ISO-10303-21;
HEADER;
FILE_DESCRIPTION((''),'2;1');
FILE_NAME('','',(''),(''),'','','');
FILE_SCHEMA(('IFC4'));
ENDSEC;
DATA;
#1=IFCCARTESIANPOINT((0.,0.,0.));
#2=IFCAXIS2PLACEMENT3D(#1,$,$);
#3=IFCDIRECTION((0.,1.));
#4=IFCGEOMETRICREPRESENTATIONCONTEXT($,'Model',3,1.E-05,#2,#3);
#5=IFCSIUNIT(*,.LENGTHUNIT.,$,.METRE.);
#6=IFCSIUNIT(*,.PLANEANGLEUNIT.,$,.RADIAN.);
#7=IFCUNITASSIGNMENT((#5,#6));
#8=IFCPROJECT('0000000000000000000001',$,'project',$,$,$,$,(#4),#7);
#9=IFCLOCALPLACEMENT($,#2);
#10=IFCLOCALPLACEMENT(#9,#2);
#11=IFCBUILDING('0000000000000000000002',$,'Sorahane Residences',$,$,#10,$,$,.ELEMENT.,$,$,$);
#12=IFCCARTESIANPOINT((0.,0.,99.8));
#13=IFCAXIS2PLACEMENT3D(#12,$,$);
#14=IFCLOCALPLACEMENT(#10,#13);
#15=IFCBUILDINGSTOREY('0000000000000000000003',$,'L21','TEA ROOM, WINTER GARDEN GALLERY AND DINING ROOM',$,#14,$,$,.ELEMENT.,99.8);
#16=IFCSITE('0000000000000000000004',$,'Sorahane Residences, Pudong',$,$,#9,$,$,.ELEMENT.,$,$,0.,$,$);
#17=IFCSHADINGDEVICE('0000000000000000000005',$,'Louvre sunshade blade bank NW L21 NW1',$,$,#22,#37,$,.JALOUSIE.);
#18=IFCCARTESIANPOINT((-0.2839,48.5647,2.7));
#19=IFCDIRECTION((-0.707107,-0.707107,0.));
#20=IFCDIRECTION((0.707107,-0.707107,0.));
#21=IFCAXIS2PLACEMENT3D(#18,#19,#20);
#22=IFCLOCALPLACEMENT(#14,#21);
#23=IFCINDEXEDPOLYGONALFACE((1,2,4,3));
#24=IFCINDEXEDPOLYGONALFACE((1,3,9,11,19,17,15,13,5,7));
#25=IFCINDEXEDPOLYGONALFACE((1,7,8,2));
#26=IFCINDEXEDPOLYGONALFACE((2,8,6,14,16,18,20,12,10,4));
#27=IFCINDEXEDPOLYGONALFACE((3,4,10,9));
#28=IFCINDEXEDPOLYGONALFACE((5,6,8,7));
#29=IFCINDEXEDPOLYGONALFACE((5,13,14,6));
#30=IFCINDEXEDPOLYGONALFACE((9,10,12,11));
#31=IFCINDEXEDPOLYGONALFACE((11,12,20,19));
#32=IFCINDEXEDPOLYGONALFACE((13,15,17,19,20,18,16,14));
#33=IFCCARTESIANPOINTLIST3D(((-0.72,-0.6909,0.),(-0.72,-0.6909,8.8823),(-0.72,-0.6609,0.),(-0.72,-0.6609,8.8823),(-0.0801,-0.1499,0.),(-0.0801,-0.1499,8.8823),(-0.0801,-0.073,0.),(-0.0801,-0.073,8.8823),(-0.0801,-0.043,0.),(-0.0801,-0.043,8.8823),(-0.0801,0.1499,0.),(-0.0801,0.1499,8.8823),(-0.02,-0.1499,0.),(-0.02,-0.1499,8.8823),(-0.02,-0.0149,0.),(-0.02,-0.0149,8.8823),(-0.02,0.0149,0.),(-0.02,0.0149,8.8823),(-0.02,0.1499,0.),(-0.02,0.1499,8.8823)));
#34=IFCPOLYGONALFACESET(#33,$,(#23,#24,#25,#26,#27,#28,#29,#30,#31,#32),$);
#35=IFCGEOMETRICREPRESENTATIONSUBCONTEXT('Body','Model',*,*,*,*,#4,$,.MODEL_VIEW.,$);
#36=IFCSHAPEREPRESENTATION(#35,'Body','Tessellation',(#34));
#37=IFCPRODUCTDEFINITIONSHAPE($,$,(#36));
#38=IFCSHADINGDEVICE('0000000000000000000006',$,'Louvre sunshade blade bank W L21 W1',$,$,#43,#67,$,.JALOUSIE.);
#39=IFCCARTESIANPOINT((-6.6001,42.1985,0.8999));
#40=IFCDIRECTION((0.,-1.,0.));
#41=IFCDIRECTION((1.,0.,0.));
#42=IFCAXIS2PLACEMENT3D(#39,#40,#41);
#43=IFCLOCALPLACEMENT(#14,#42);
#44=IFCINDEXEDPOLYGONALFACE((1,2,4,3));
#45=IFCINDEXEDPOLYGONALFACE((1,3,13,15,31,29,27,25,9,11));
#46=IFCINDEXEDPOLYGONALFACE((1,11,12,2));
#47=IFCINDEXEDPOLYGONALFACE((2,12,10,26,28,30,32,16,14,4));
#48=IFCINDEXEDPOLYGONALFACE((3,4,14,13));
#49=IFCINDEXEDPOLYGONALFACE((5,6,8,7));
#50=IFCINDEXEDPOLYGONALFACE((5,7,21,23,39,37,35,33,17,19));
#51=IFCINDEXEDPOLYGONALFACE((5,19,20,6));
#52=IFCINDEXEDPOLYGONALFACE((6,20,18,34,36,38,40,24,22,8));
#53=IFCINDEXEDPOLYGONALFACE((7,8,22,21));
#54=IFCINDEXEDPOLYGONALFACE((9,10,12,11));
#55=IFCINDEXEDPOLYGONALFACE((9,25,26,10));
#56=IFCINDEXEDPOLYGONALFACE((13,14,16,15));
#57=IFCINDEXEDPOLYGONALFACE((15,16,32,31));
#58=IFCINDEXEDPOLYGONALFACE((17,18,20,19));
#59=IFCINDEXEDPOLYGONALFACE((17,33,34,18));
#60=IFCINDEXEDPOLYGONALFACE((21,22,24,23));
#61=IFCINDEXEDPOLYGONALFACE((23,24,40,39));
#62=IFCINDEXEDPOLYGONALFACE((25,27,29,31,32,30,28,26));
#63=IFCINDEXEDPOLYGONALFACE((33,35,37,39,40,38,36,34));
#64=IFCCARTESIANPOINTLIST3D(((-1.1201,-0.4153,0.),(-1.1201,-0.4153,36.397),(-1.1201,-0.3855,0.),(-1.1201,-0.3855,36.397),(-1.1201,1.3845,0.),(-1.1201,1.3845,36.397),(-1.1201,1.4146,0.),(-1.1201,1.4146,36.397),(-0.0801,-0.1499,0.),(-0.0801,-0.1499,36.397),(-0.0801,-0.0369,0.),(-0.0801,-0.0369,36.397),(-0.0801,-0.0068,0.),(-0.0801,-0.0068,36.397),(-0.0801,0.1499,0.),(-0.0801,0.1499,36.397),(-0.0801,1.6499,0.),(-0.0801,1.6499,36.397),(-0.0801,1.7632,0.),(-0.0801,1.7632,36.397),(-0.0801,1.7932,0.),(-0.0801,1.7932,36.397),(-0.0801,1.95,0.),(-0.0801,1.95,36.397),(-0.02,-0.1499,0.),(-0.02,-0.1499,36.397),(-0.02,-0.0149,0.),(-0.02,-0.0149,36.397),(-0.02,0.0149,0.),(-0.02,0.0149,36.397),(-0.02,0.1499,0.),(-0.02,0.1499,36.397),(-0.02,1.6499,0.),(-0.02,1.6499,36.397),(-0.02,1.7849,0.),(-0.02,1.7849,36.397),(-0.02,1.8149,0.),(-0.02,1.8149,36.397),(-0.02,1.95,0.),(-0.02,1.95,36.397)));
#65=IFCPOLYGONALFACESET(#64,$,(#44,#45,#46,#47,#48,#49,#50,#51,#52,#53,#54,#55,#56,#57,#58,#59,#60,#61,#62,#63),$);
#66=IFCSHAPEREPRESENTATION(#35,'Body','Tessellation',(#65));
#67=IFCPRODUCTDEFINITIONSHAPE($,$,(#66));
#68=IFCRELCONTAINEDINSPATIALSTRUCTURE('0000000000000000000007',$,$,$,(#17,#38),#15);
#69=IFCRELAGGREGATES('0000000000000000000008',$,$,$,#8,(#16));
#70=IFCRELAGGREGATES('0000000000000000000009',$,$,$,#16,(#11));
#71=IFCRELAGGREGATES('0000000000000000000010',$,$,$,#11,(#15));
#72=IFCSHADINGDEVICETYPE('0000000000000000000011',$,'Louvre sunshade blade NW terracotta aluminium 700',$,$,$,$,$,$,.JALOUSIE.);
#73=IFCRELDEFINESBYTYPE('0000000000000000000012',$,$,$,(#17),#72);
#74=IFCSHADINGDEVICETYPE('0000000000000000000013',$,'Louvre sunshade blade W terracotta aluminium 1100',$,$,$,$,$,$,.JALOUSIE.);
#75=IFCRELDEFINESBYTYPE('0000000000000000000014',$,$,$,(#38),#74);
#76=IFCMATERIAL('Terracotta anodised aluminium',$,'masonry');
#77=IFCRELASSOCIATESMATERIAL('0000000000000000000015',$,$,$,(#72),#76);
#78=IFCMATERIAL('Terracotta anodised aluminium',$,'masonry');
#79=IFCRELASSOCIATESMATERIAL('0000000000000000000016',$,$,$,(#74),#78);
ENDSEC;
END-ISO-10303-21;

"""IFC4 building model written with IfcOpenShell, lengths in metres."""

from ifc_helpers import new_model, si_unit, direction, frame, origin, place, context, subcontext, project, spatial, polyline, outline, composite_profile, extrude, material, type_object, element, save


model = new_model("IFC4")

# Units and contexts
model_context = context("Model", 3, precision=1e-05, world=origin(), true_north=direction((0.0, 1.0)))
body_context = subcontext(model_context, "Body", "Model", "MODEL_VIEW")
ifc_project = project(units=[si_unit("LENGTHUNIT", "METRE"), si_unit("PLANEANGLEUNIT", "RADIAN")], contexts=[model_context])

# Site, building, storey
site_placement = place(None, origin())
site = spatial("IfcSite", under=ifc_project, at=site_placement, Name="Sorahane Residences, Pudong", CompositionType="ELEMENT", RefElevation=0.0)
building_placement = place(site_placement, origin())
building = spatial("IfcBuilding", under=site, at=building_placement, Name="Sorahane Residences", CompositionType="ELEMENT")
storey_placement = place(building_placement, frame((0.0, 0.0, 99.8)))
storey = spatial("IfcBuildingStorey", under=building, at=storey_placement, Name="L21", Description="TEA ROOM, WINTER GARDEN GALLERY AND DINING ROOM", CompositionType="ELEMENT", Elevation=99.8)

# Shading devices
ifc_material_1 = material(Name="Terracotta anodised aluminium", Category="masonry")
shading_device_type_1 = type_object("IfcShadingDeviceType", Name="Louvre sunshade blade NW terracotta aluminium 700", PredefinedType="JALOUSIE", material=ifc_material_1)
shading_device_1_placement = place(storey_placement, frame((-0.2839, 48.5647, 2.7), z_axis=(-0.707107, -0.707107, 0.0), x_axis=(0.707107, -0.707107, 0.0)))
element("IfcShadingDevice", 1, at=shading_device_1_placement, inside=storey, type_object=shading_device_type_1, Name="Louvre sunshade blade bank NW L21 NW1", PredefinedType="JALOUSIE", context=body_context, shape_type="SweptSolid", body=[
    extrude(outline(polyline([(-0.72, -0.6609), (-0.72, -0.6909), (-0.0801, -0.073), (-0.0801, -0.1499), (-0.02, -0.1499), (-0.02, -0.0149), (-0.02, 0.0149), (-0.02, 0.1499), (-0.0801, 0.1499), (-0.0801, -0.043), (-0.72, -0.6609)])), origin(), (0.0, 0.0, 1.0), 8.8823),
])
ifc_material_2 = material(Name="Terracotta anodised aluminium", Category="masonry")
shading_device_type_2 = type_object("IfcShadingDeviceType", Name="Louvre sunshade blade W terracotta aluminium 1100", PredefinedType="JALOUSIE", material=ifc_material_2)
shading_device_2_placement = place(storey_placement, frame((-6.6001, 42.1985, 0.8999), z_axis=(0.0, -1.0, 0.0), x_axis=(1.0, 0.0, 0.0)))
element("IfcShadingDevice", 2, at=shading_device_2_placement, inside=storey, type_object=shading_device_type_2, Name="Louvre sunshade blade bank W L21 W1", PredefinedType="JALOUSIE", context=body_context, shape_type="SweptSolid", body=[
    extrude(composite_profile([outline(polyline([(-1.1201, -0.3855), (-1.1201, -0.4153), (-0.0801, -0.0369), (-0.0801, -0.1499), (-0.02, -0.1499), (-0.02, -0.0149), (-0.02, 0.0149), (-0.02, 0.1499), (-0.0801, 0.1499), (-0.0801, -0.0068), (-1.1201, -0.3855)])), outline(polyline([(-1.1201, 1.4146), (-1.1201, 1.3845), (-0.0801, 1.7632), (-0.0801, 1.6499), (-0.02, 1.6499), (-0.02, 1.7849), (-0.02, 1.8149), (-0.02, 1.95), (-0.0801, 1.95), (-0.0801, 1.7932), (-1.1201, 1.4146)]))]), origin(), (0.0, 0.0, 1.0), 36.397),
])

save(model, "model.ifc")
